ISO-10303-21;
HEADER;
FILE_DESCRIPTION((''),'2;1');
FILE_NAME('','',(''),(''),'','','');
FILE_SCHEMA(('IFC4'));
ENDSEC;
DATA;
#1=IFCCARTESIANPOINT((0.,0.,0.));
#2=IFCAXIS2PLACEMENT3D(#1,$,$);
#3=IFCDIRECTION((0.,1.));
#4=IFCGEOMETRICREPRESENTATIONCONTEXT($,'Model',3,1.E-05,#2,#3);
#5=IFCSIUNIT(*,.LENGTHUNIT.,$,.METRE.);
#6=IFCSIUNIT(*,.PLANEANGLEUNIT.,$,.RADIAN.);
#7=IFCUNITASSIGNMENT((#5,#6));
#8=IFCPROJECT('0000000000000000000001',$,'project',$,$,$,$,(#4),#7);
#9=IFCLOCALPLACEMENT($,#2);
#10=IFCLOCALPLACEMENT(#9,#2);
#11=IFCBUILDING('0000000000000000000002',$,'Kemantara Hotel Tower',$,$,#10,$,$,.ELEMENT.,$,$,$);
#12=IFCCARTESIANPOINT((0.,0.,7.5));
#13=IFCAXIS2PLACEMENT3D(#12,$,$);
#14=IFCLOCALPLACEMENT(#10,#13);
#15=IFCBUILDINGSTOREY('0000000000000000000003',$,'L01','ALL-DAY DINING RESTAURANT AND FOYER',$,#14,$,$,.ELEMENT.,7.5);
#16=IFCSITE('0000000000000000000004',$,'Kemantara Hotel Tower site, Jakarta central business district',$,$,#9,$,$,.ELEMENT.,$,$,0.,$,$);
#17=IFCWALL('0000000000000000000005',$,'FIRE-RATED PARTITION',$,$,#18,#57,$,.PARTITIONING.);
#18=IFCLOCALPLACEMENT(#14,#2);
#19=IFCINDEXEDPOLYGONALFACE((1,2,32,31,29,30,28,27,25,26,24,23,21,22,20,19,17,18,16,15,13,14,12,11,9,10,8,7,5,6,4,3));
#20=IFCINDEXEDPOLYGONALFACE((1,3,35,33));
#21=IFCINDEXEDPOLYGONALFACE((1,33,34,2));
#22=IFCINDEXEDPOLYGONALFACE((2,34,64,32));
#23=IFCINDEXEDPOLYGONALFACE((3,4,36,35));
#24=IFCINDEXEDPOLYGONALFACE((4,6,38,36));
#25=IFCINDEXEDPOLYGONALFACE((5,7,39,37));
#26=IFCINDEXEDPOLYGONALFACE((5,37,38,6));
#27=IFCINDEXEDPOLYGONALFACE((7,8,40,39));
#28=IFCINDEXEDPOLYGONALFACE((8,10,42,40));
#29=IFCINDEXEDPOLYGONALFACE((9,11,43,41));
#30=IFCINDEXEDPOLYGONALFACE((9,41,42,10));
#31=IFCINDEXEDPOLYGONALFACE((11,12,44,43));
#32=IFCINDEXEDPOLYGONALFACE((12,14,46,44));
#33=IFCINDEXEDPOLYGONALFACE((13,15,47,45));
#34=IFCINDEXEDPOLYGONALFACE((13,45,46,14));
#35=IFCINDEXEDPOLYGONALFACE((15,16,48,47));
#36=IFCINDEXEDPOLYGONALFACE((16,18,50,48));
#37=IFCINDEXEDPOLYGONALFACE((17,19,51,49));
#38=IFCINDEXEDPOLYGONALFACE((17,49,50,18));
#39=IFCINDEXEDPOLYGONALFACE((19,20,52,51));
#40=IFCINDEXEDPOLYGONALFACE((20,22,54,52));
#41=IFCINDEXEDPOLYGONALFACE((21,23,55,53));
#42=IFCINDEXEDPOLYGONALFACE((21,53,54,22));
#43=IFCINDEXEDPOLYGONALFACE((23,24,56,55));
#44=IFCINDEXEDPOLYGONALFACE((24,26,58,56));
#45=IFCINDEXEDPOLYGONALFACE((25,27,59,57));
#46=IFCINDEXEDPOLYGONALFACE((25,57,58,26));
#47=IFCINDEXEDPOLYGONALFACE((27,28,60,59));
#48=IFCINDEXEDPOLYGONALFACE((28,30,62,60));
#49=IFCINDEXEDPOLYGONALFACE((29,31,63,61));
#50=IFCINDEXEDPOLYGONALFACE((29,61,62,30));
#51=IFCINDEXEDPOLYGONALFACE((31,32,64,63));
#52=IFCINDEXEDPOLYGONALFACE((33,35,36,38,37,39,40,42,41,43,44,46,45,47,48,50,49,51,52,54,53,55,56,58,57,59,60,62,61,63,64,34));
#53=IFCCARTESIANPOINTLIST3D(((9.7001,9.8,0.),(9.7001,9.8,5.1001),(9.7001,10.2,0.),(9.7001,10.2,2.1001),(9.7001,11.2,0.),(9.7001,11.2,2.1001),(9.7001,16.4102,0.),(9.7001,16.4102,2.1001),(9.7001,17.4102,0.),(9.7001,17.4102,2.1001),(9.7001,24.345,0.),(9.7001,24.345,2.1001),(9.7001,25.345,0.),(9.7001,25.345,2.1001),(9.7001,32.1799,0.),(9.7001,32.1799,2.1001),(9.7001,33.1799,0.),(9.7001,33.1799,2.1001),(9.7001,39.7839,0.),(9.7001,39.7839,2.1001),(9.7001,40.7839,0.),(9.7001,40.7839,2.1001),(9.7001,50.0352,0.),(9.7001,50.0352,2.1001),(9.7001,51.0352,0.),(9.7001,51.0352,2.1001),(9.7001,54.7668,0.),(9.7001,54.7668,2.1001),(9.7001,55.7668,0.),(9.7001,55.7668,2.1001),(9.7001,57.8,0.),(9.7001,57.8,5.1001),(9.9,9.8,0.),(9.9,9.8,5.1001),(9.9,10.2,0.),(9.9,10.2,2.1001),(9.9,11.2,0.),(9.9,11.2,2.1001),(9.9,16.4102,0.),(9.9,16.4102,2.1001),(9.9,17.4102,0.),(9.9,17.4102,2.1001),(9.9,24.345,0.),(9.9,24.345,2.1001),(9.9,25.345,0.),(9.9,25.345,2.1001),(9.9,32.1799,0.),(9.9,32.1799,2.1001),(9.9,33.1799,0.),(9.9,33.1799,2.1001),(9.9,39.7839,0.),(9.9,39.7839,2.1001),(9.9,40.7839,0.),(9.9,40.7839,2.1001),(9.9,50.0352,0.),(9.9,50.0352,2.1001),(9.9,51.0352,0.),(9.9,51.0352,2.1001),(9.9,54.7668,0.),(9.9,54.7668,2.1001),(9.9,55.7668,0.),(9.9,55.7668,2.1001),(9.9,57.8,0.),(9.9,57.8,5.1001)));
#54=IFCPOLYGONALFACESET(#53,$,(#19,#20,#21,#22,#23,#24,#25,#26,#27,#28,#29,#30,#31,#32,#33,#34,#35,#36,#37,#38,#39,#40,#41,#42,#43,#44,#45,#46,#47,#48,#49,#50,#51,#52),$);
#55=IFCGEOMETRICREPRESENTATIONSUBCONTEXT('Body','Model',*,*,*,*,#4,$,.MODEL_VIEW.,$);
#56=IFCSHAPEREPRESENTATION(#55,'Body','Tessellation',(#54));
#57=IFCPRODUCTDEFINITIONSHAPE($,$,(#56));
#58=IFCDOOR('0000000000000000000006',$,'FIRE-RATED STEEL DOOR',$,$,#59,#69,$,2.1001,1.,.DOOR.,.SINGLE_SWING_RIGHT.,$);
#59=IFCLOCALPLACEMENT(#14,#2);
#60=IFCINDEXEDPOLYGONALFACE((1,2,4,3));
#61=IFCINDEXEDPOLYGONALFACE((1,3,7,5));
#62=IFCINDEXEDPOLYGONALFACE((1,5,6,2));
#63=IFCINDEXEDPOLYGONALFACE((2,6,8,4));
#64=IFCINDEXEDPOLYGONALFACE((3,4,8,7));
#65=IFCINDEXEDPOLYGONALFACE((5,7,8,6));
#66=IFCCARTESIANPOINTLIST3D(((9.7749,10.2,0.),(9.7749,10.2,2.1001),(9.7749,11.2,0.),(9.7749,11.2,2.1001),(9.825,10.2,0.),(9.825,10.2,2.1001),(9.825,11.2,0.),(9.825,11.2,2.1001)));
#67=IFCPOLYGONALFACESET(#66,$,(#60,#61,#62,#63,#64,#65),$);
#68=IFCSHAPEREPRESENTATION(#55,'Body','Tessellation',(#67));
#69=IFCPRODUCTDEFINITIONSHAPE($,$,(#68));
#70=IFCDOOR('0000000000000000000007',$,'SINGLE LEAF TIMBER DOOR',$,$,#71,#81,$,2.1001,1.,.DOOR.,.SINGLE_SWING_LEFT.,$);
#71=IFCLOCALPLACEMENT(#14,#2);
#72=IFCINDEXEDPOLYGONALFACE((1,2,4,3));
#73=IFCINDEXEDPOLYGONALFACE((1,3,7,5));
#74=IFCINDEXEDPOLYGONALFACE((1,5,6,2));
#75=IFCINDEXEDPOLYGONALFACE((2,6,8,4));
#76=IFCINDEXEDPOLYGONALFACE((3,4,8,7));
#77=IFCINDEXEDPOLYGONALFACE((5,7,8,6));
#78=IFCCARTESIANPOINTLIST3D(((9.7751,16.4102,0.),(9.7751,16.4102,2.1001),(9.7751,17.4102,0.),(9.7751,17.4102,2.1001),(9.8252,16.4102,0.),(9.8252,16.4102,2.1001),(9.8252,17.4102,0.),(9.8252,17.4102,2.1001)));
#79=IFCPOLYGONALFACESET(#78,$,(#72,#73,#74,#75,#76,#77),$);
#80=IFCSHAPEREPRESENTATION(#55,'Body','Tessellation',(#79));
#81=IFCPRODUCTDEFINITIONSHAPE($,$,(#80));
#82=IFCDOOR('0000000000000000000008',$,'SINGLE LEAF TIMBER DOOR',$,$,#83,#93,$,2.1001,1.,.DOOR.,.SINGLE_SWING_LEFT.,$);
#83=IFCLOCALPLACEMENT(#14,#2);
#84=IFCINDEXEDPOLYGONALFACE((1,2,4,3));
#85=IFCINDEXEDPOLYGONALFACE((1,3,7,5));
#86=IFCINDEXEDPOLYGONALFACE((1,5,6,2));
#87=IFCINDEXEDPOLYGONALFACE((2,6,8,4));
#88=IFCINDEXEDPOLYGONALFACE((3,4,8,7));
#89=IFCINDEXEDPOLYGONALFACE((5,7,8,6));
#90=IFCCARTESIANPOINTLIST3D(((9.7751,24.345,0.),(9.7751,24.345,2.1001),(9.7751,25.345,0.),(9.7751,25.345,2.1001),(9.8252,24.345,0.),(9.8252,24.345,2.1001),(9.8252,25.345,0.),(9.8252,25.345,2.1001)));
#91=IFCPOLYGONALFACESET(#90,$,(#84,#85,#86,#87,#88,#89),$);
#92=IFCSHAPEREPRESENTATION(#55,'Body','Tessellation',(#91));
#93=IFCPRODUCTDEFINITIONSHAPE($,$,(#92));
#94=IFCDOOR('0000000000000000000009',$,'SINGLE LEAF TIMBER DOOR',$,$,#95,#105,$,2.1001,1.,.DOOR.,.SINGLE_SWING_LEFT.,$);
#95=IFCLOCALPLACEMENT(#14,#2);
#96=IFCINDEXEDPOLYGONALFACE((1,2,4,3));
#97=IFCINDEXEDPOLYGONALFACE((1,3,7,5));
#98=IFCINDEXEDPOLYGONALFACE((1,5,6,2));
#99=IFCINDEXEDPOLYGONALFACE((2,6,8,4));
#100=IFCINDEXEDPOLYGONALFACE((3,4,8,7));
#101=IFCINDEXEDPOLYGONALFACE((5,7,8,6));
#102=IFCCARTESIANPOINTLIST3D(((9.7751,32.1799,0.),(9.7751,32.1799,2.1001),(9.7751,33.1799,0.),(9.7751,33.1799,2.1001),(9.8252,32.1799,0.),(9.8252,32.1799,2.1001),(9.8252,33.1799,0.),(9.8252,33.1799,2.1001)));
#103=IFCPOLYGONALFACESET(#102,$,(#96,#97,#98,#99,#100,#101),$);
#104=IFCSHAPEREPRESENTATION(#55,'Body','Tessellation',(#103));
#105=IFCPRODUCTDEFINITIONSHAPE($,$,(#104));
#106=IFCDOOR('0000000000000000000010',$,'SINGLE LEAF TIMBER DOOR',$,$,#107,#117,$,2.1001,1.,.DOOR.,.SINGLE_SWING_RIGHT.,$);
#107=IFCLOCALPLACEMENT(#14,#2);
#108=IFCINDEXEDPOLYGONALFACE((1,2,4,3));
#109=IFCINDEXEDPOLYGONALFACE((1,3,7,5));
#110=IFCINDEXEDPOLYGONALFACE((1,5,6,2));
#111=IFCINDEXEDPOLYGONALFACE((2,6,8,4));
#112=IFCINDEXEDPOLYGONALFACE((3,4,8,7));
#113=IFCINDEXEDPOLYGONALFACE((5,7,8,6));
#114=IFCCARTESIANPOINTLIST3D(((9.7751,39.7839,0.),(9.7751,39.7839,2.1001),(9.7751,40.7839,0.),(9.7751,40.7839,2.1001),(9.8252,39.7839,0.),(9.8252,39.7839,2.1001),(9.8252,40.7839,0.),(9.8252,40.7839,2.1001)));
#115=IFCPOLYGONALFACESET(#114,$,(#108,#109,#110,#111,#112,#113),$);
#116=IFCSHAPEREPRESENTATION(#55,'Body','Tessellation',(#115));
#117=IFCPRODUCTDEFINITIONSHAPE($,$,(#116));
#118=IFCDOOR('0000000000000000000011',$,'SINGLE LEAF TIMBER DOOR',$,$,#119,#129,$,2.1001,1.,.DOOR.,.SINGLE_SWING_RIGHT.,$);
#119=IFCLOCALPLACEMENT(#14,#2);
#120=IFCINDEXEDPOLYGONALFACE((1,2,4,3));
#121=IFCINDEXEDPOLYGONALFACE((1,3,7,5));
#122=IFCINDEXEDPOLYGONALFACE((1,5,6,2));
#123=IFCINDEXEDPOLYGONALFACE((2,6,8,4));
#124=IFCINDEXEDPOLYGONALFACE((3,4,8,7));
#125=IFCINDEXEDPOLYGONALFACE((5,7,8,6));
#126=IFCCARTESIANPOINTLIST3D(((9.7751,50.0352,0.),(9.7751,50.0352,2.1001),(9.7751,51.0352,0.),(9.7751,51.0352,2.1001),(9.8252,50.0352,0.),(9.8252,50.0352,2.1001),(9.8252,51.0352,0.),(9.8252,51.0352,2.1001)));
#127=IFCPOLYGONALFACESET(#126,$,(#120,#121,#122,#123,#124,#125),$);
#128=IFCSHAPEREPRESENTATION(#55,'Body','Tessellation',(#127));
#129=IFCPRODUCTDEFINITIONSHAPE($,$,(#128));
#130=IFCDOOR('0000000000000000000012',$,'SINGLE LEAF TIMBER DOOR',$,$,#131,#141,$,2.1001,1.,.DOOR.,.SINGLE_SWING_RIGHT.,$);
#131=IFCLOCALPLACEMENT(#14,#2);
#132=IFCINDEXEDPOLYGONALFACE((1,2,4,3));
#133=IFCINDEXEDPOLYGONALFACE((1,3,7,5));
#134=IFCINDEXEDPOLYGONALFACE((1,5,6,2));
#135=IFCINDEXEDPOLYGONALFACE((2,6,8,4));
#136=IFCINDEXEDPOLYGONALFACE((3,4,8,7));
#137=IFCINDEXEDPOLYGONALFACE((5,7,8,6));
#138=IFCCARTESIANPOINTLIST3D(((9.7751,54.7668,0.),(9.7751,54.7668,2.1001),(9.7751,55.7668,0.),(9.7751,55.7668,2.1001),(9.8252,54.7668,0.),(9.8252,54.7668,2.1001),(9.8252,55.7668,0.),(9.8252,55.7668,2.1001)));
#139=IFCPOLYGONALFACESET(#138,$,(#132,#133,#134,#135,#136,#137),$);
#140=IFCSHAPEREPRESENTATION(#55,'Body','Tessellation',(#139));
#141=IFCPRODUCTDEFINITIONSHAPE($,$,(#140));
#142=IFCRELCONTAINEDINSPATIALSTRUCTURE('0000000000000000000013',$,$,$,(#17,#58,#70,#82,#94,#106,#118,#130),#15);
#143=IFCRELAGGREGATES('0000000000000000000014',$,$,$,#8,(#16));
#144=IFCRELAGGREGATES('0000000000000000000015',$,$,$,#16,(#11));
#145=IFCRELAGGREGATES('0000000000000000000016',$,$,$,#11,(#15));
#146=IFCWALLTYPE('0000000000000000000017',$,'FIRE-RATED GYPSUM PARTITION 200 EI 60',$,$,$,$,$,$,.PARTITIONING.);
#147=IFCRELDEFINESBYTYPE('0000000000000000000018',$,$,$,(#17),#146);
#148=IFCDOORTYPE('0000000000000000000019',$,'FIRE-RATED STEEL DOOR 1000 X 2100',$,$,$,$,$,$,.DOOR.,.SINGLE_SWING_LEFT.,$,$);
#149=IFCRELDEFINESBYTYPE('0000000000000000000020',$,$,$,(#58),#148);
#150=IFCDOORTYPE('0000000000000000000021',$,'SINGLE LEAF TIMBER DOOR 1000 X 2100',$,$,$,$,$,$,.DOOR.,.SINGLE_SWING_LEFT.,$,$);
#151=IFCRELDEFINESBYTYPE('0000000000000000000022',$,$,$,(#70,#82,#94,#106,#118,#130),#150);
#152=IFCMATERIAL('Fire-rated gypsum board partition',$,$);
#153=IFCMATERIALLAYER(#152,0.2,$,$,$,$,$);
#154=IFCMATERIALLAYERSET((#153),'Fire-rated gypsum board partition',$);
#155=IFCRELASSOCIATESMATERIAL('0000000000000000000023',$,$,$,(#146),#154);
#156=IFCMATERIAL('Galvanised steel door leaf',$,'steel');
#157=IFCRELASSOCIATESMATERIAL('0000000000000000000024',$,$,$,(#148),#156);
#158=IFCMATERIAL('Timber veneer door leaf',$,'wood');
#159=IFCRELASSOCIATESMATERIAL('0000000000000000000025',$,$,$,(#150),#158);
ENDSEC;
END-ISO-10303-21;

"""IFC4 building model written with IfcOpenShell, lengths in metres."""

from ifc_helpers import new_model, si_unit, direction, frame, frame_2d, origin, place, context, subcontext, project, spatial, rectangle, extrude, material, layer, layer_set, type_object, element, fill, save


model = new_model("IFC4")

# Units and contexts
model_context = context("Model", 3, precision=1e-05, world=origin(), true_north=direction((0.0, 1.0)))
body_context = subcontext(model_context, "Body", "Model", "MODEL_VIEW")
ifc_project = project(units=[si_unit("LENGTHUNIT", "METRE"), si_unit("PLANEANGLEUNIT", "RADIAN")], contexts=[model_context])

# Site, building, storey
site_placement = place(None, origin())
site = spatial("IfcSite", under=ifc_project, at=site_placement, Name="Kemantara Hotel Tower site, Jakarta central business district", CompositionType="ELEMENT", RefElevation=0.0)
building_placement = place(site_placement, origin())
building = spatial("IfcBuilding", under=site, at=building_placement, Name="Kemantara Hotel Tower", CompositionType="ELEMENT")
storey_placement = place(building_placement, frame((0.0, 0.0, 7.5)))
storey = spatial("IfcBuildingStorey", under=building, at=storey_placement, Name="L01", Description="ALL-DAY DINING RESTAURANT AND FOYER", CompositionType="ELEMENT", Elevation=7.5)

# Wall, openings, doors
ifc_material_1 = material(Name="Fire-rated gypsum board partition")
ifc_layer_1 = layer(ifc_material_1, 0.2)
ifc_layer_set_1 = layer_set([ifc_layer_1], Name="Fire-rated gypsum board partition")
wall_type_1 = type_object("IfcWallType", Name="FIRE-RATED GYPSUM PARTITION 200 EI 60", PredefinedType="PARTITIONING", material=ifc_layer_set_1)
wall_1_placement = place(storey_placement, frame((9.8, 9.8, 0.0), z_axis=(0.0, 0.0, 1.0), x_axis=(0.0, 1.0, 0.0)))
wall_1 = element("IfcWall", 1, at=wall_1_placement, inside=storey, type_object=wall_type_1, Name="FIRE-RATED PARTITION", PredefinedType="PARTITIONING", context=body_context, shape_type="SweptSolid", body=[
    extrude(rectangle(XDim=48.0, YDim=0.2, at=frame_2d((24.0, 0.0))), origin(), (0.0, 0.0, 1.0), 5.1001),
])
opening_1_placement = place(wall_1_placement, frame((6.6101, 0.0, 0.0)))
opening_1 = element("IfcOpeningElement", 2, at=opening_1_placement, cuts=wall_1, PredefinedType="OPENING", context=body_context, shape_type="SweptSolid", body=[
    extrude(rectangle(XDim=1.0, YDim=2.1001, at=frame_2d((0.5, 1.05))), frame((0.0, 0.1099, 0.0), z_axis=(0.0, -1.0, 0.0), x_axis=(1.0, 0.0, 0.0)), (0.0, 0.0, 1.0), 0.22),
])
opening_2_placement = place(wall_1_placement, frame((14.5449, 0.0, 0.0)))
opening_2 = element("IfcOpeningElement", 3, at=opening_2_placement, cuts=wall_1, PredefinedType="OPENING", context=body_context, shape_type="SweptSolid", body=[
    extrude(rectangle(XDim=1.0, YDim=2.1001, at=frame_2d((0.5, 1.05))), frame((0.0, 0.1099, 0.0), z_axis=(0.0, -1.0, 0.0), x_axis=(1.0, 0.0, 0.0)), (0.0, 0.0, 1.0), 0.22),
])
opening_3_placement = place(wall_1_placement, frame((22.3799, 0.0, 0.0)))
opening_3 = element("IfcOpeningElement", 4, at=opening_3_placement, cuts=wall_1, PredefinedType="OPENING", context=body_context, shape_type="SweptSolid", body=[
    extrude(rectangle(XDim=1.0, YDim=2.1001, at=frame_2d((0.5, 1.05))), frame((0.0, 0.1099, 0.0), z_axis=(0.0, -1.0, 0.0), x_axis=(1.0, 0.0, 0.0)), (0.0, 0.0, 1.0), 0.22),
])
opening_4_placement = place(wall_1_placement, frame((29.9839, 0.0, 0.0)))
opening_4 = element("IfcOpeningElement", 5, at=opening_4_placement, cuts=wall_1, PredefinedType="OPENING", context=body_context, shape_type="SweptSolid", body=[
    extrude(rectangle(XDim=1.0, YDim=2.1001, at=frame_2d((0.5, 1.05))), frame((0.0, 0.1099, 0.0), z_axis=(0.0, -1.0, 0.0), x_axis=(1.0, 0.0, 0.0)), (0.0, 0.0, 1.0), 0.22),
])
opening_5_placement = place(wall_1_placement, frame((40.2351, 0.0, 0.0)))
opening_5 = element("IfcOpeningElement", 6, at=opening_5_placement, cuts=wall_1, PredefinedType="OPENING", context=body_context, shape_type="SweptSolid", body=[
    extrude(rectangle(XDim=1.0, YDim=2.1001, at=frame_2d((0.5, 1.05))), frame((0.0, 0.1099, 0.0), z_axis=(0.0, -1.0, 0.0), x_axis=(1.0, 0.0, 0.0)), (0.0, 0.0, 1.0), 0.22),
])
opening_6_placement = place(wall_1_placement, frame((44.9668, 0.0, 0.0)))
opening_6 = element("IfcOpeningElement", 7, at=opening_6_placement, cuts=wall_1, PredefinedType="OPENING", context=body_context, shape_type="SweptSolid", body=[
    extrude(rectangle(XDim=1.0, YDim=2.1001, at=frame_2d((0.5, 1.05))), frame((0.0, 0.1099, 0.0), z_axis=(0.0, -1.0, 0.0), x_axis=(1.0, 0.0, 0.0)), (0.0, 0.0, 1.0), 0.22),
])
opening_7_placement = place(wall_1_placement, frame((0.3999, 0.0, 0.0)))
opening_7 = element("IfcOpeningElement", 8, at=opening_7_placement, cuts=wall_1, PredefinedType="OPENING", context=body_context, shape_type="SweptSolid", body=[
    extrude(rectangle(XDim=1.0, YDim=2.1001, at=frame_2d((0.5, 1.05))), frame((0.0, 0.1099, 0.0), z_axis=(0.0, -1.0, 0.0), x_axis=(1.0, 0.0, 0.0)), (0.0, 0.0, 1.0), 0.22),
])
ifc_material_2 = material(Name="Galvanised steel door leaf", Category="steel")
door_type_1 = type_object("IfcDoorType", Name="FIRE-RATED STEEL DOOR 1000 X 2100", OperationType="SINGLE_SWING_LEFT", PredefinedType="DOOR", material=ifc_material_2)
door_1_placement = place(opening_7_placement, frame((1.0, 0.0, 0.0), z_axis=(0.0, 0.0, 1.0), x_axis=(-1.0, 0.0, 0.0)))
door_1 = element("IfcDoor", 9, at=door_1_placement, inside=storey, type_object=door_type_1, Name="FIRE-RATED STEEL DOOR", OperationType="SINGLE_SWING_RIGHT", OverallHeight=2.1001, OverallWidth=1.0, PredefinedType="DOOR", context=body_context, shape_type="SweptSolid", body=[
    extrude(rectangle(XDim=1.0, YDim=2.1001, at=frame_2d((0.5, 1.05))), frame((0.0, 0.0249, 0.0), z_axis=(0.0, -1.0, 0.0), x_axis=(1.0, 0.0, 0.0)), (0.0, 0.0, 1.0), 0.05),
])
fill(opening_7, door_1)
ifc_material_3 = material(Name="Timber veneer door leaf", Category="wood")
door_type_2 = type_object("IfcDoorType", Name="SINGLE LEAF TIMBER DOOR 1000 X 2100", OperationType="SINGLE_SWING_LEFT", PredefinedType="DOOR", material=ifc_material_3)
door_2_placement = place(opening_1_placement, origin())
door_2 = element("IfcDoor", 10, at=door_2_placement, inside=storey, type_object=door_type_2, Name="SINGLE LEAF TIMBER DOOR", OperationType="SINGLE_SWING_LEFT", OverallHeight=2.1001, OverallWidth=1.0, PredefinedType="DOOR", context=body_context, shape_type="SweptSolid", body=[
    extrude(rectangle(XDim=1.0, YDim=2.1001, at=frame_2d((0.5, 1.05))), frame((0.0, 0.0249, 0.0), z_axis=(0.0, -1.0, 0.0), x_axis=(1.0, 0.0, 0.0)), (0.0, 0.0, 1.0), 0.05),
])
fill(opening_1, door_2)
door_3_placement = place(opening_2_placement, origin())
door_3 = element("IfcDoor", 11, at=door_3_placement, inside=storey, type_object=door_type_2, Name="SINGLE LEAF TIMBER DOOR", OperationType="SINGLE_SWING_LEFT", OverallHeight=2.1001, OverallWidth=1.0, PredefinedType="DOOR", context=body_context, shape_type="SweptSolid", body=[
    extrude(rectangle(XDim=1.0, YDim=2.1001, at=frame_2d((0.5, 1.05))), frame((0.0, 0.0249, 0.0), z_axis=(0.0, -1.0, 0.0), x_axis=(1.0, 0.0, 0.0)), (0.0, 0.0, 1.0), 0.05),
])
fill(opening_2, door_3)
door_4_placement = place(opening_3_placement, origin())
door_4 = element("IfcDoor", 12, at=door_4_placement, inside=storey, type_object=door_type_2, Name="SINGLE LEAF TIMBER DOOR", OperationType="SINGLE_SWING_LEFT", OverallHeight=2.1001, OverallWidth=1.0, PredefinedType="DOOR", context=body_context, shape_type="SweptSolid", body=[
    extrude(rectangle(XDim=1.0, YDim=2.1001, at=frame_2d((0.5, 1.05))), frame((0.0, 0.0249, 0.0), z_axis=(0.0, -1.0, 0.0), x_axis=(1.0, 0.0, 0.0)), (0.0, 0.0, 1.0), 0.05),
])
fill(opening_3, door_4)
door_5_placement = place(opening_4_placement, origin())
door_5 = element("IfcDoor", 13, at=door_5_placement, inside=storey, type_object=door_type_2, Name="SINGLE LEAF TIMBER DOOR", OperationType="SINGLE_SWING_RIGHT", OverallHeight=2.1001, OverallWidth=1.0, PredefinedType="DOOR", context=body_context, shape_type="SweptSolid", body=[
    extrude(rectangle(XDim=1.0, YDim=2.1001, at=frame_2d((0.5, 1.05))), frame((0.0, 0.0249, 0.0), z_axis=(0.0, -1.0, 0.0), x_axis=(1.0, 0.0, 0.0)), (0.0, 0.0, 1.0), 0.05),
])
fill(opening_4, door_5)
door_6_placement = place(opening_5_placement, origin())
door_6 = element("IfcDoor", 14, at=door_6_placement, inside=storey, type_object=door_type_2, Name="SINGLE LEAF TIMBER DOOR", OperationType="SINGLE_SWING_RIGHT", OverallHeight=2.1001, OverallWidth=1.0, PredefinedType="DOOR", context=body_context, shape_type="SweptSolid", body=[
    extrude(rectangle(XDim=1.0, YDim=2.1001, at=frame_2d((0.5, 1.05))), frame((0.0, 0.0249, 0.0), z_axis=(0.0, -1.0, 0.0), x_axis=(1.0, 0.0, 0.0)), (0.0, 0.0, 1.0), 0.05),
])
fill(opening_5, door_6)
door_7_placement = place(opening_6_placement, origin())
door_7 = element("IfcDoor", 15, at=door_7_placement, inside=storey, type_object=door_type_2, Name="SINGLE LEAF TIMBER DOOR", OperationType="SINGLE_SWING_RIGHT", OverallHeight=2.1001, OverallWidth=1.0, PredefinedType="DOOR", context=body_context, shape_type="SweptSolid", body=[
    extrude(rectangle(XDim=1.0, YDim=2.1001, at=frame_2d((0.5, 1.05))), frame((0.0, 0.0249, 0.0), z_axis=(0.0, -1.0, 0.0), x_axis=(1.0, 0.0, 0.0)), (0.0, 0.0, 1.0), 0.05),
])
fill(opening_6, door_7)

save(model, "model.ifc")
